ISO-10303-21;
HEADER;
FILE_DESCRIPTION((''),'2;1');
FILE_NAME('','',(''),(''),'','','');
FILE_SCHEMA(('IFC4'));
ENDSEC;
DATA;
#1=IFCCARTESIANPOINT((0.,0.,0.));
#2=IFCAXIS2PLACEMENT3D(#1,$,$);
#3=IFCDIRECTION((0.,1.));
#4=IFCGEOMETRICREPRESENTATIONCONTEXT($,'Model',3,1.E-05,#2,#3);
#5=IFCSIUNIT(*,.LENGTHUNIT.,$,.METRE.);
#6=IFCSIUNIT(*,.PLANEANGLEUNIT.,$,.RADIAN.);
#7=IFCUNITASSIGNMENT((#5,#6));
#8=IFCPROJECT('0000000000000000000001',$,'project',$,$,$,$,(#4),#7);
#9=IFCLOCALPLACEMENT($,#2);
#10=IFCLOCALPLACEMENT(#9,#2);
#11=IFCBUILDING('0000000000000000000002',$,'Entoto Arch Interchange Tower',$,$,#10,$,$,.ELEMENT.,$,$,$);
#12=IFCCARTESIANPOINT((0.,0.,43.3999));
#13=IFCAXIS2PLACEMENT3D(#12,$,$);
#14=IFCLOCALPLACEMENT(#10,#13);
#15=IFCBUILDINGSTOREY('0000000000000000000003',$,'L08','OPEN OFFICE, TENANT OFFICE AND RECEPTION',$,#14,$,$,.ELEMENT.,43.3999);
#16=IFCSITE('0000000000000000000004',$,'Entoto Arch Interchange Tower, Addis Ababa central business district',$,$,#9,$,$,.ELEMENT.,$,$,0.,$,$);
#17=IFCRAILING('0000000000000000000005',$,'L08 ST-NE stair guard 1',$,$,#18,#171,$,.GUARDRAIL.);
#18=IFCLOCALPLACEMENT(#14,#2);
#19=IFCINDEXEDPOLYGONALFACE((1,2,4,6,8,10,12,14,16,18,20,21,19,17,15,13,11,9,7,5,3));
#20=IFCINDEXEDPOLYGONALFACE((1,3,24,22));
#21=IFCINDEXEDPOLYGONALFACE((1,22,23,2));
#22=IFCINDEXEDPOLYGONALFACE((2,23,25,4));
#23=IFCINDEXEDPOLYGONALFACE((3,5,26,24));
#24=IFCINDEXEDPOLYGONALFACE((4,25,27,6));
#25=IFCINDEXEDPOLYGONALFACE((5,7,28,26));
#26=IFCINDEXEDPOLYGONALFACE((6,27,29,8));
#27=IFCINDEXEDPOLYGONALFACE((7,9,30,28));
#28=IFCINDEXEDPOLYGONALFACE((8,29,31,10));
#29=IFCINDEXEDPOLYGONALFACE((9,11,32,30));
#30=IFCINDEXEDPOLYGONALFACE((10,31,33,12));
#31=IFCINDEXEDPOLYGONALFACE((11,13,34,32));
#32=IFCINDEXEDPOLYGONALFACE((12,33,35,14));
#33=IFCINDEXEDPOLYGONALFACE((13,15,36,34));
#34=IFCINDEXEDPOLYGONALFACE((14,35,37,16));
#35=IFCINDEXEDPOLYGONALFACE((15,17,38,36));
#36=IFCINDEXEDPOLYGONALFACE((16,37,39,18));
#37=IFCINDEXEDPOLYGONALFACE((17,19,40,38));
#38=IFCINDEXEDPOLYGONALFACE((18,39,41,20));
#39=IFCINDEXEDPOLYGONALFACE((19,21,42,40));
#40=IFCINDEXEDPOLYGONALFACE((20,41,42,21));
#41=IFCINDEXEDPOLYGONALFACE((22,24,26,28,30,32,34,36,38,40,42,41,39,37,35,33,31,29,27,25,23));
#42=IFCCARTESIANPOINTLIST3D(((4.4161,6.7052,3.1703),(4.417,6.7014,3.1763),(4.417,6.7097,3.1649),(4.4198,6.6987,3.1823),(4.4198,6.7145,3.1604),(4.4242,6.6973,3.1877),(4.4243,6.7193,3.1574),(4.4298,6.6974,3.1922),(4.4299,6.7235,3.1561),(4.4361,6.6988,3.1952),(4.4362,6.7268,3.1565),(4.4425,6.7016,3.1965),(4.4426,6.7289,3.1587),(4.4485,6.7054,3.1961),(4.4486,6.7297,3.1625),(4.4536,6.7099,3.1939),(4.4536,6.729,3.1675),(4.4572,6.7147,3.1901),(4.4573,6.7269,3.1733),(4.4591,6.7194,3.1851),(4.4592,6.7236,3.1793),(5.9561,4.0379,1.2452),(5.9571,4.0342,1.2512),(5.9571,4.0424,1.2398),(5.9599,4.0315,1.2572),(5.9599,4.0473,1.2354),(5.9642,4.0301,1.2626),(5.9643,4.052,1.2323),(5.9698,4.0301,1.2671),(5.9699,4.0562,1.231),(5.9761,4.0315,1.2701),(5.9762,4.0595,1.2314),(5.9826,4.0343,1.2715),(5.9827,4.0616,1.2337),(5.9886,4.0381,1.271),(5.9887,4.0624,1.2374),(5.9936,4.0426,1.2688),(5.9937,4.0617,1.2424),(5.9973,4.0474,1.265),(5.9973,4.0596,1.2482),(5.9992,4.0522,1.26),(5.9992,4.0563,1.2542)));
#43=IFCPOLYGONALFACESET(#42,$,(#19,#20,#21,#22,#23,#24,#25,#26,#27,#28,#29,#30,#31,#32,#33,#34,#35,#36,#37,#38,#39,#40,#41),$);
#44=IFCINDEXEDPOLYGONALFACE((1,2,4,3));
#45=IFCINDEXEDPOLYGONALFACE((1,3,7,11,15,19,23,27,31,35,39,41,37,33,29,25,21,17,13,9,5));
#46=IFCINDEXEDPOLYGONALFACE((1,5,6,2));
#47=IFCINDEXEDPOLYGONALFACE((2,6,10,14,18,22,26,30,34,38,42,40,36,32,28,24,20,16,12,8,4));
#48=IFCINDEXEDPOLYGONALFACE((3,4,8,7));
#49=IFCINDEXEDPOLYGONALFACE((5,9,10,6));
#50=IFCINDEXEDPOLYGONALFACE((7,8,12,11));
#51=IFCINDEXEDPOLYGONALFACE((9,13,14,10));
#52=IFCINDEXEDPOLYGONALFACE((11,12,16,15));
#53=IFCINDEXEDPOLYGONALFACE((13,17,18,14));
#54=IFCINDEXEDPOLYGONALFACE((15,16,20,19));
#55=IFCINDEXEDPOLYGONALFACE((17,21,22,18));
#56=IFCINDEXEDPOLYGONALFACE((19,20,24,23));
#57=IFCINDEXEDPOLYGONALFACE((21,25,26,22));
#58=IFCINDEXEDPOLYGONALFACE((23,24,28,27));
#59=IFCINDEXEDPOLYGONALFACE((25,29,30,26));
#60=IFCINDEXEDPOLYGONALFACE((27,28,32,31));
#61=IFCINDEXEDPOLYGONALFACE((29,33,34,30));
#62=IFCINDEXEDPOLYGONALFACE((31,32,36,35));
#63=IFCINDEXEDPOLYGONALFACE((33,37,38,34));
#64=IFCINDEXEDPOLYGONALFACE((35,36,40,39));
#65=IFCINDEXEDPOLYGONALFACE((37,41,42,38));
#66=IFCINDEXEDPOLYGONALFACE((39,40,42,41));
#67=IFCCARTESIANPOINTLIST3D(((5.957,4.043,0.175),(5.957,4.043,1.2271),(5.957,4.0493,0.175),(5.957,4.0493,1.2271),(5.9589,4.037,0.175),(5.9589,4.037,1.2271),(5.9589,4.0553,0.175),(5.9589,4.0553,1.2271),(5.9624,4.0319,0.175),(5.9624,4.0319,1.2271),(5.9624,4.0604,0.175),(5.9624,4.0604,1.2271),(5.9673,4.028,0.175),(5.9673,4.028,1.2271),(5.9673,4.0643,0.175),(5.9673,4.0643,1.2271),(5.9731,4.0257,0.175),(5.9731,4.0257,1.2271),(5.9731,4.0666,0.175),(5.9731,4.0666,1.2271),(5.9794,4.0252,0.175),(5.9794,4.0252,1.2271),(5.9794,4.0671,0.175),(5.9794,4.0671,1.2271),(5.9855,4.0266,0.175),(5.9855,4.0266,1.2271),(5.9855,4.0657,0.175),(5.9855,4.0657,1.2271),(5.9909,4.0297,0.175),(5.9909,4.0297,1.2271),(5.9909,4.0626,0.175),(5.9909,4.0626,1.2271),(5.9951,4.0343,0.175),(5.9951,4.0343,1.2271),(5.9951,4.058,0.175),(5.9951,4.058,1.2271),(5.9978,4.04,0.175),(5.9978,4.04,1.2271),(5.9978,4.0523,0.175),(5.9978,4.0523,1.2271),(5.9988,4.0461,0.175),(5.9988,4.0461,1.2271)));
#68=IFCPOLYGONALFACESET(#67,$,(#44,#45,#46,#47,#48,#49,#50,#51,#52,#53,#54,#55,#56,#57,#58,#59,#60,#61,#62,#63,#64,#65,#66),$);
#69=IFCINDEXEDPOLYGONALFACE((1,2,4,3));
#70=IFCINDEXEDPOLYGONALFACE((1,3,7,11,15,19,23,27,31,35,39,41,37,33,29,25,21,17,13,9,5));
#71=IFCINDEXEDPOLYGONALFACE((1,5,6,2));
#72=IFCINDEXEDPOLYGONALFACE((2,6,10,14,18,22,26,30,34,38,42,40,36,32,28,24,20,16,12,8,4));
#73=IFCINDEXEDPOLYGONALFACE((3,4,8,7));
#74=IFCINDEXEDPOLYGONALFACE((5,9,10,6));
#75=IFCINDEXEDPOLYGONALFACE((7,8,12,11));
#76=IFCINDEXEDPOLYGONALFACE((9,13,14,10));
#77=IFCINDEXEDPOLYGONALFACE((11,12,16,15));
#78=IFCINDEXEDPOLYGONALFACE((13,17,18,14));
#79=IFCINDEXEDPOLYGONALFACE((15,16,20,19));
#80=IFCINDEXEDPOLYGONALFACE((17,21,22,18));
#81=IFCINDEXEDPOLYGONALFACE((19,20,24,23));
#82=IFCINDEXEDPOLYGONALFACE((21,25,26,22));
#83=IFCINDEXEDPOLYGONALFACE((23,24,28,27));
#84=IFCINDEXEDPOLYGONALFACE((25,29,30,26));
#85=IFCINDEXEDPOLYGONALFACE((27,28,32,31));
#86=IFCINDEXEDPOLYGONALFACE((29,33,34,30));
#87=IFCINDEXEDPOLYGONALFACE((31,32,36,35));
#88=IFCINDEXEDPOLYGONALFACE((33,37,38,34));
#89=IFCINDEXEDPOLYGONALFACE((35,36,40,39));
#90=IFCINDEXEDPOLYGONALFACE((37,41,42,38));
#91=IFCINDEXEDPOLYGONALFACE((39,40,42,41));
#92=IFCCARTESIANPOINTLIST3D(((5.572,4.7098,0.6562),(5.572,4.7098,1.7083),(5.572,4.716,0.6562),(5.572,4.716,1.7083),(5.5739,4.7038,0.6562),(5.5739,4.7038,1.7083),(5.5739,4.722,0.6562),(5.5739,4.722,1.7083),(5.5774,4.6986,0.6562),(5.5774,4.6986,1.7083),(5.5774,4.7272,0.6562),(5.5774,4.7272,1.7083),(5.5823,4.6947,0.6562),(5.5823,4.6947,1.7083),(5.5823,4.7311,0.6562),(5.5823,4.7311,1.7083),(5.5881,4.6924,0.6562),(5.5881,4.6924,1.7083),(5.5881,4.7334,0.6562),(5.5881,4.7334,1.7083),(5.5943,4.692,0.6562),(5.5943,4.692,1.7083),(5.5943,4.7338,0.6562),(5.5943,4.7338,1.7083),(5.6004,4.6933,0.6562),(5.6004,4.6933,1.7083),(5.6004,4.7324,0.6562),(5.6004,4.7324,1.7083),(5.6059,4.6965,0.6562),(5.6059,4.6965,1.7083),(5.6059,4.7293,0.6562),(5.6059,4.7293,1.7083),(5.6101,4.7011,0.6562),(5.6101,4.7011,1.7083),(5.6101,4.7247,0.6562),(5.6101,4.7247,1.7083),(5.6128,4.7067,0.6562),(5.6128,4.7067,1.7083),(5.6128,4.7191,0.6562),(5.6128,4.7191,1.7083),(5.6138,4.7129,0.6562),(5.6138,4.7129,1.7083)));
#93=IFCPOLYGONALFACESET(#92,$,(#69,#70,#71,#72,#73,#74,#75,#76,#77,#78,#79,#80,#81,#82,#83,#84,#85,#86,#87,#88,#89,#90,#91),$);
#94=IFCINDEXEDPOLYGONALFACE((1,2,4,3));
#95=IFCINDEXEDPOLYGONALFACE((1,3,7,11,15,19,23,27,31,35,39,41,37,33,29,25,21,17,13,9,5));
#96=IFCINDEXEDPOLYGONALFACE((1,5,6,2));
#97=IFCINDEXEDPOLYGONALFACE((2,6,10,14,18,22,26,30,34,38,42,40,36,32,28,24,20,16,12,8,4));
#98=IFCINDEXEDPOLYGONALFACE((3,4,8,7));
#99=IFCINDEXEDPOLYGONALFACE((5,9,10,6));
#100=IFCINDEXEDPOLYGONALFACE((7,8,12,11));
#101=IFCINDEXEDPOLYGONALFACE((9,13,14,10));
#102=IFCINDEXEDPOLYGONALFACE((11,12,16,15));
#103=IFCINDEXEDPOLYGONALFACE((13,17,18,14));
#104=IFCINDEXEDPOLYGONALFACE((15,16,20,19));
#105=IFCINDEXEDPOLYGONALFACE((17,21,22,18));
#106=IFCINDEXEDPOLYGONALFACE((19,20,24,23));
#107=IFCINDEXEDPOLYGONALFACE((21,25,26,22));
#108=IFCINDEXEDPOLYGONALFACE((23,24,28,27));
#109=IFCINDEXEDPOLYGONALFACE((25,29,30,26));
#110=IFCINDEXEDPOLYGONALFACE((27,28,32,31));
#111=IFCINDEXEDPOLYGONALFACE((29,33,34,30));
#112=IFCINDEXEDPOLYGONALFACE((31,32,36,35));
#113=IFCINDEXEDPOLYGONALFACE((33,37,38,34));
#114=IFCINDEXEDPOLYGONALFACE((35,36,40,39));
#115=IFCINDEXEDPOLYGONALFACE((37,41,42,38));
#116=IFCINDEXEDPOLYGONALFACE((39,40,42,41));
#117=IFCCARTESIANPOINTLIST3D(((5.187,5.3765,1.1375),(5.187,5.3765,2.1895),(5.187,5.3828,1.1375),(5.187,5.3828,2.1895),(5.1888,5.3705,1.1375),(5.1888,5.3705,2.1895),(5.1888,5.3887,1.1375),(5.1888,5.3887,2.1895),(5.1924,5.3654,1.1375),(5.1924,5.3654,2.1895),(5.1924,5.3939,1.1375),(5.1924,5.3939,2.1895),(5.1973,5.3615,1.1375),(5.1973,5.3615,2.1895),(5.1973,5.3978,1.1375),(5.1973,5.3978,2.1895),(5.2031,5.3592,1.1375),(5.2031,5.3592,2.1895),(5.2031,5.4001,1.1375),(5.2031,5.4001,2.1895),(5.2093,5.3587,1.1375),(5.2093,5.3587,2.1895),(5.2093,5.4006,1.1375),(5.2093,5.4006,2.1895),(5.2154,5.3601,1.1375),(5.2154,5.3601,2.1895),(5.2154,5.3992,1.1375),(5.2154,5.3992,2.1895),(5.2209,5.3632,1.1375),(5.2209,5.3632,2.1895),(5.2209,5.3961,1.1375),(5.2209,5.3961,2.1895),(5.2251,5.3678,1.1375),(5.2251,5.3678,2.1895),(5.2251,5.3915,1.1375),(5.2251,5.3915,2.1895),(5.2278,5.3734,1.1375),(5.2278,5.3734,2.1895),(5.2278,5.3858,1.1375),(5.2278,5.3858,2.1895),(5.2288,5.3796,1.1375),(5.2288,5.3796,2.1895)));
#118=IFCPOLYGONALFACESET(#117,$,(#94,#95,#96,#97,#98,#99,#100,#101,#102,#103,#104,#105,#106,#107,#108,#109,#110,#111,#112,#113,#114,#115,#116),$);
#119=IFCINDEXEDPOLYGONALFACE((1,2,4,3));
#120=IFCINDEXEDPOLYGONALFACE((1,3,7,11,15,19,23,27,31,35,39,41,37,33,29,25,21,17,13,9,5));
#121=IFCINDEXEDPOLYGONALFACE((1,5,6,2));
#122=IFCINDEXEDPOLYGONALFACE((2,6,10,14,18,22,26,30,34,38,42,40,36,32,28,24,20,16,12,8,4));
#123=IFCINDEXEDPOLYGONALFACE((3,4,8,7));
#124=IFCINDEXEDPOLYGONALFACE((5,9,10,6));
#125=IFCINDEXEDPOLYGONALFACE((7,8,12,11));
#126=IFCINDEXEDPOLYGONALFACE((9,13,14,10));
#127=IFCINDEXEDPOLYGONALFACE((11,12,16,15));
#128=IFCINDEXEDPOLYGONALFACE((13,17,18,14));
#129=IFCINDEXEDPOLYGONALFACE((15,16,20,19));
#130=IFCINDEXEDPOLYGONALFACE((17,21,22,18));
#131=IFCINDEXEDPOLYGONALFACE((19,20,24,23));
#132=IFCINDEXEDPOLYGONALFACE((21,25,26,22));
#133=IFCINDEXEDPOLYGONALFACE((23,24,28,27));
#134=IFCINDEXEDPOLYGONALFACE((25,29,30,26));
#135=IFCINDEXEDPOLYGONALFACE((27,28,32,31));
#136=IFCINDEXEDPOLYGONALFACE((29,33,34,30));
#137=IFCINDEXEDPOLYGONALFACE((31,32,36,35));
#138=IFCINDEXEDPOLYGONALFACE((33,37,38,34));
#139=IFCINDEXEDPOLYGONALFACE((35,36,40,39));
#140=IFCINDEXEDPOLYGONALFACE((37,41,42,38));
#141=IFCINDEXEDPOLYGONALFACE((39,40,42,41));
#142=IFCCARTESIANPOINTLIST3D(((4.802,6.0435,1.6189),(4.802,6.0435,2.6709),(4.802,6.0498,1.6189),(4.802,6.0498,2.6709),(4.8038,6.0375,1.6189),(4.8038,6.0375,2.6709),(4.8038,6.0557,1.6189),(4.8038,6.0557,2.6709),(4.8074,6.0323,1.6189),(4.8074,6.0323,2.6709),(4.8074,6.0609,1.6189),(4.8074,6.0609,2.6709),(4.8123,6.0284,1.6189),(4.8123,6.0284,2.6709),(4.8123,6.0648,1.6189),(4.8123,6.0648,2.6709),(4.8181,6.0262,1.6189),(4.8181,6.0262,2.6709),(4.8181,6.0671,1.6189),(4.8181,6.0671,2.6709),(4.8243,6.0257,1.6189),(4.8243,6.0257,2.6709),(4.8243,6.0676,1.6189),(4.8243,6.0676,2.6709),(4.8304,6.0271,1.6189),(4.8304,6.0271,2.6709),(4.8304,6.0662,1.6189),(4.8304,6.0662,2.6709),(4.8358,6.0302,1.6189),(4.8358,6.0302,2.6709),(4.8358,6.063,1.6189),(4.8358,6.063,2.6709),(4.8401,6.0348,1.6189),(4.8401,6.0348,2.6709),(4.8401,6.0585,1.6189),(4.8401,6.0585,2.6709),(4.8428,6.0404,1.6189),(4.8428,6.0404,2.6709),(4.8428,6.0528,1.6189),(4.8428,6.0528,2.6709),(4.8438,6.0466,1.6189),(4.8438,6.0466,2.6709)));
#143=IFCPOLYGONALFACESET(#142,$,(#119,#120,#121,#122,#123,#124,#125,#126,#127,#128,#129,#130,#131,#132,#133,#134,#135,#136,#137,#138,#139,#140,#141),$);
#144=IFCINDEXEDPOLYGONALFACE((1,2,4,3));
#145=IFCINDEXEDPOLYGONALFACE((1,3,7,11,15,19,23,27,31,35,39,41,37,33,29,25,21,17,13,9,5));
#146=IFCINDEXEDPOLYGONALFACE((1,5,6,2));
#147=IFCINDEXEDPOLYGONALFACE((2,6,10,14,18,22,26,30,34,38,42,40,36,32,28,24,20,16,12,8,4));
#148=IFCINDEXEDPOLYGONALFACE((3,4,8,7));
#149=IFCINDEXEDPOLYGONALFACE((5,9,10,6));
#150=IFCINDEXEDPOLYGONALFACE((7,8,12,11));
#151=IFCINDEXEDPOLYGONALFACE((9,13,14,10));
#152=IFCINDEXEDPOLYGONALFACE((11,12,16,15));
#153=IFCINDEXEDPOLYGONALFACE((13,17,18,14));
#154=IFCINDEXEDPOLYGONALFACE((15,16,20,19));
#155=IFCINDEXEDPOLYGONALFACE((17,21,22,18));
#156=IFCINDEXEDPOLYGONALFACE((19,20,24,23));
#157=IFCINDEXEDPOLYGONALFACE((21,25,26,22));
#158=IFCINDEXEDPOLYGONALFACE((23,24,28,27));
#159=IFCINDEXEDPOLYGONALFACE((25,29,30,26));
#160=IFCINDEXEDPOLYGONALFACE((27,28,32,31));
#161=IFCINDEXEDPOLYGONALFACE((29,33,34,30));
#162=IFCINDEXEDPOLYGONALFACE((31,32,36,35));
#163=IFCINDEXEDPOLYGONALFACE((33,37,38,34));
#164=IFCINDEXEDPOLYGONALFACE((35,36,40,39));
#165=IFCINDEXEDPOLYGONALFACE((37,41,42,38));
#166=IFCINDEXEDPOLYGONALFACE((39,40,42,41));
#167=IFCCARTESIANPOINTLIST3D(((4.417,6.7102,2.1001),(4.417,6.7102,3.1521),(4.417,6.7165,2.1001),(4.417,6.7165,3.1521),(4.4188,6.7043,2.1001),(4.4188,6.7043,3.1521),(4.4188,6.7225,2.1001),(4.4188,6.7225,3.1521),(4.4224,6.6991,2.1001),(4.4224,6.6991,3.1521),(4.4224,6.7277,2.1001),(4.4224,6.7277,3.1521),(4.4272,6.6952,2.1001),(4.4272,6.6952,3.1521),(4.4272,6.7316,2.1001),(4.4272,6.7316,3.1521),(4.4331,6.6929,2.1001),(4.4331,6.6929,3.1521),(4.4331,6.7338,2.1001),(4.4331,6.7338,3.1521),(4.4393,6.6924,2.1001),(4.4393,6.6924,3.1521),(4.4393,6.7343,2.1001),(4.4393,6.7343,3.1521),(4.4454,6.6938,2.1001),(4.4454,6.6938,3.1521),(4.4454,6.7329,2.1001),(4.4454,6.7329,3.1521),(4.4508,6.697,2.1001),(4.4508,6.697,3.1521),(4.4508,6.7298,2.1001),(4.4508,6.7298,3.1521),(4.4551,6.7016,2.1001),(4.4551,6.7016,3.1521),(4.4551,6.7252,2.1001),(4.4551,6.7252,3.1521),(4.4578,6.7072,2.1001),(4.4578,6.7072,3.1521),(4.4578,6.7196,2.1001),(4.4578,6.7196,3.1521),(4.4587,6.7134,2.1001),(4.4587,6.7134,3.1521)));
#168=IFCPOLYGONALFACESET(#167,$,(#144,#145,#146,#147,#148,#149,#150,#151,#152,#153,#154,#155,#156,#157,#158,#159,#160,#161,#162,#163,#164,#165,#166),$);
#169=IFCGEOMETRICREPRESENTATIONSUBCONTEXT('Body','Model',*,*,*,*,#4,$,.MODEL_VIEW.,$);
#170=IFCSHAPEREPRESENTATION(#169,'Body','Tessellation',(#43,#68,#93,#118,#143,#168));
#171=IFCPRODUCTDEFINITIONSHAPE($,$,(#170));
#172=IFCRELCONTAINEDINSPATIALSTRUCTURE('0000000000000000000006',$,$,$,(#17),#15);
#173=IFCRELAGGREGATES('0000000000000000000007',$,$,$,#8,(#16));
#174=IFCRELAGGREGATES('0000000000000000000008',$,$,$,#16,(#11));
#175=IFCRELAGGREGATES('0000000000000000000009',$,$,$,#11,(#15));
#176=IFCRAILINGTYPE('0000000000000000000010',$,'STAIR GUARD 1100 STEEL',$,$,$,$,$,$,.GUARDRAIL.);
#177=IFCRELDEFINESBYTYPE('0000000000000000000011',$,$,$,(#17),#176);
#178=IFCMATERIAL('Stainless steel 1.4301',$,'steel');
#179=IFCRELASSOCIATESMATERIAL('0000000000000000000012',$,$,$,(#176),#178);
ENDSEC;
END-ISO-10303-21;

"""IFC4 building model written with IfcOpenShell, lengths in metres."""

from ifc_helpers import new_model, si_unit, direction, frame, origin, origin_2d, place, context, subcontext, project, spatial, circle, extrude, material, type_object, element, save


model = new_model("IFC4")

# Units and contexts
model_context = context("Model", 3, precision=1e-05, world=origin(), true_north=direction((0.0, 1.0)))
body_context = subcontext(model_context, "Body", "Model", "MODEL_VIEW")
ifc_project = project(units=[si_unit("LENGTHUNIT", "METRE"), si_unit("PLANEANGLEUNIT", "RADIAN")], contexts=[model_context])

# Site, building, storey
site_placement = place(None, origin())
site = spatial("IfcSite", under=ifc_project, at=site_placement, Name="Entoto Arch Interchange Tower, Addis Ababa central business district", CompositionType="ELEMENT", RefElevation=0.0)
building_placement = place(site_placement, origin())
building = spatial("IfcBuilding", under=site, at=building_placement, Name="Entoto Arch Interchange Tower", CompositionType="ELEMENT")
storey_placement = place(building_placement, frame((0.0, 0.0, 43.3999)))
storey = spatial("IfcBuildingStorey", under=building, at=storey_placement, Name="L08", Description="OPEN OFFICE, TENANT OFFICE AND RECEPTION", CompositionType="ELEMENT", Elevation=43.3999)

# Railing
ifc_material_1 = material(Name="Stainless steel 1.4301", Category="steel")
railing_type_1 = type_object("IfcRailingType", Name="STAIR GUARD 1100 STEEL", PredefinedType="GUARDRAIL", material=ifc_material_1)
railing_1_placement = place(storey_placement, frame((5.9778, 4.0461, 0.175)))
element("IfcRailing", 1, at=railing_1_placement, inside=storey, type_object=railing_type_1, Name="L08 ST-NE stair guard 1", PredefinedType="GUARDRAIL", context=body_context, shape_type="SweptSolid", body=[
    extrude(circle(Radius=0.0239, at=origin_2d()), frame((0.0, 0.0, 1.0762), z_axis=(-0.424015, 0.734364, 0.530019), x_axis=(-0.86601, -0.500027, 0.0)), (0.0, 0.0, 1.0), 3.6321),
    extrude(circle(Radius=0.021, at=origin_2d()), origin(), (0.0, 0.0, 1.0), 1.052),
    extrude(circle(Radius=0.021, at=origin_2d()), frame((-0.385, 0.6667, 0.4812)), (0.0, 0.0, 1.0), 1.052),
    extrude(circle(Radius=0.021, at=origin_2d()), frame((-0.77, 1.3335, 0.9624)), (0.0, 0.0, 1.0), 1.052),
    extrude(circle(Radius=0.021, at=origin_2d()), frame((-1.155, 2.0005, 1.4438)), (0.0, 0.0, 1.0), 1.052),
    extrude(circle(Radius=0.021, at=origin_2d()), frame((-1.54, 2.6672, 1.925)), (0.0, 0.0, 1.0), 1.052),
])

save(model, "model.ifc")
